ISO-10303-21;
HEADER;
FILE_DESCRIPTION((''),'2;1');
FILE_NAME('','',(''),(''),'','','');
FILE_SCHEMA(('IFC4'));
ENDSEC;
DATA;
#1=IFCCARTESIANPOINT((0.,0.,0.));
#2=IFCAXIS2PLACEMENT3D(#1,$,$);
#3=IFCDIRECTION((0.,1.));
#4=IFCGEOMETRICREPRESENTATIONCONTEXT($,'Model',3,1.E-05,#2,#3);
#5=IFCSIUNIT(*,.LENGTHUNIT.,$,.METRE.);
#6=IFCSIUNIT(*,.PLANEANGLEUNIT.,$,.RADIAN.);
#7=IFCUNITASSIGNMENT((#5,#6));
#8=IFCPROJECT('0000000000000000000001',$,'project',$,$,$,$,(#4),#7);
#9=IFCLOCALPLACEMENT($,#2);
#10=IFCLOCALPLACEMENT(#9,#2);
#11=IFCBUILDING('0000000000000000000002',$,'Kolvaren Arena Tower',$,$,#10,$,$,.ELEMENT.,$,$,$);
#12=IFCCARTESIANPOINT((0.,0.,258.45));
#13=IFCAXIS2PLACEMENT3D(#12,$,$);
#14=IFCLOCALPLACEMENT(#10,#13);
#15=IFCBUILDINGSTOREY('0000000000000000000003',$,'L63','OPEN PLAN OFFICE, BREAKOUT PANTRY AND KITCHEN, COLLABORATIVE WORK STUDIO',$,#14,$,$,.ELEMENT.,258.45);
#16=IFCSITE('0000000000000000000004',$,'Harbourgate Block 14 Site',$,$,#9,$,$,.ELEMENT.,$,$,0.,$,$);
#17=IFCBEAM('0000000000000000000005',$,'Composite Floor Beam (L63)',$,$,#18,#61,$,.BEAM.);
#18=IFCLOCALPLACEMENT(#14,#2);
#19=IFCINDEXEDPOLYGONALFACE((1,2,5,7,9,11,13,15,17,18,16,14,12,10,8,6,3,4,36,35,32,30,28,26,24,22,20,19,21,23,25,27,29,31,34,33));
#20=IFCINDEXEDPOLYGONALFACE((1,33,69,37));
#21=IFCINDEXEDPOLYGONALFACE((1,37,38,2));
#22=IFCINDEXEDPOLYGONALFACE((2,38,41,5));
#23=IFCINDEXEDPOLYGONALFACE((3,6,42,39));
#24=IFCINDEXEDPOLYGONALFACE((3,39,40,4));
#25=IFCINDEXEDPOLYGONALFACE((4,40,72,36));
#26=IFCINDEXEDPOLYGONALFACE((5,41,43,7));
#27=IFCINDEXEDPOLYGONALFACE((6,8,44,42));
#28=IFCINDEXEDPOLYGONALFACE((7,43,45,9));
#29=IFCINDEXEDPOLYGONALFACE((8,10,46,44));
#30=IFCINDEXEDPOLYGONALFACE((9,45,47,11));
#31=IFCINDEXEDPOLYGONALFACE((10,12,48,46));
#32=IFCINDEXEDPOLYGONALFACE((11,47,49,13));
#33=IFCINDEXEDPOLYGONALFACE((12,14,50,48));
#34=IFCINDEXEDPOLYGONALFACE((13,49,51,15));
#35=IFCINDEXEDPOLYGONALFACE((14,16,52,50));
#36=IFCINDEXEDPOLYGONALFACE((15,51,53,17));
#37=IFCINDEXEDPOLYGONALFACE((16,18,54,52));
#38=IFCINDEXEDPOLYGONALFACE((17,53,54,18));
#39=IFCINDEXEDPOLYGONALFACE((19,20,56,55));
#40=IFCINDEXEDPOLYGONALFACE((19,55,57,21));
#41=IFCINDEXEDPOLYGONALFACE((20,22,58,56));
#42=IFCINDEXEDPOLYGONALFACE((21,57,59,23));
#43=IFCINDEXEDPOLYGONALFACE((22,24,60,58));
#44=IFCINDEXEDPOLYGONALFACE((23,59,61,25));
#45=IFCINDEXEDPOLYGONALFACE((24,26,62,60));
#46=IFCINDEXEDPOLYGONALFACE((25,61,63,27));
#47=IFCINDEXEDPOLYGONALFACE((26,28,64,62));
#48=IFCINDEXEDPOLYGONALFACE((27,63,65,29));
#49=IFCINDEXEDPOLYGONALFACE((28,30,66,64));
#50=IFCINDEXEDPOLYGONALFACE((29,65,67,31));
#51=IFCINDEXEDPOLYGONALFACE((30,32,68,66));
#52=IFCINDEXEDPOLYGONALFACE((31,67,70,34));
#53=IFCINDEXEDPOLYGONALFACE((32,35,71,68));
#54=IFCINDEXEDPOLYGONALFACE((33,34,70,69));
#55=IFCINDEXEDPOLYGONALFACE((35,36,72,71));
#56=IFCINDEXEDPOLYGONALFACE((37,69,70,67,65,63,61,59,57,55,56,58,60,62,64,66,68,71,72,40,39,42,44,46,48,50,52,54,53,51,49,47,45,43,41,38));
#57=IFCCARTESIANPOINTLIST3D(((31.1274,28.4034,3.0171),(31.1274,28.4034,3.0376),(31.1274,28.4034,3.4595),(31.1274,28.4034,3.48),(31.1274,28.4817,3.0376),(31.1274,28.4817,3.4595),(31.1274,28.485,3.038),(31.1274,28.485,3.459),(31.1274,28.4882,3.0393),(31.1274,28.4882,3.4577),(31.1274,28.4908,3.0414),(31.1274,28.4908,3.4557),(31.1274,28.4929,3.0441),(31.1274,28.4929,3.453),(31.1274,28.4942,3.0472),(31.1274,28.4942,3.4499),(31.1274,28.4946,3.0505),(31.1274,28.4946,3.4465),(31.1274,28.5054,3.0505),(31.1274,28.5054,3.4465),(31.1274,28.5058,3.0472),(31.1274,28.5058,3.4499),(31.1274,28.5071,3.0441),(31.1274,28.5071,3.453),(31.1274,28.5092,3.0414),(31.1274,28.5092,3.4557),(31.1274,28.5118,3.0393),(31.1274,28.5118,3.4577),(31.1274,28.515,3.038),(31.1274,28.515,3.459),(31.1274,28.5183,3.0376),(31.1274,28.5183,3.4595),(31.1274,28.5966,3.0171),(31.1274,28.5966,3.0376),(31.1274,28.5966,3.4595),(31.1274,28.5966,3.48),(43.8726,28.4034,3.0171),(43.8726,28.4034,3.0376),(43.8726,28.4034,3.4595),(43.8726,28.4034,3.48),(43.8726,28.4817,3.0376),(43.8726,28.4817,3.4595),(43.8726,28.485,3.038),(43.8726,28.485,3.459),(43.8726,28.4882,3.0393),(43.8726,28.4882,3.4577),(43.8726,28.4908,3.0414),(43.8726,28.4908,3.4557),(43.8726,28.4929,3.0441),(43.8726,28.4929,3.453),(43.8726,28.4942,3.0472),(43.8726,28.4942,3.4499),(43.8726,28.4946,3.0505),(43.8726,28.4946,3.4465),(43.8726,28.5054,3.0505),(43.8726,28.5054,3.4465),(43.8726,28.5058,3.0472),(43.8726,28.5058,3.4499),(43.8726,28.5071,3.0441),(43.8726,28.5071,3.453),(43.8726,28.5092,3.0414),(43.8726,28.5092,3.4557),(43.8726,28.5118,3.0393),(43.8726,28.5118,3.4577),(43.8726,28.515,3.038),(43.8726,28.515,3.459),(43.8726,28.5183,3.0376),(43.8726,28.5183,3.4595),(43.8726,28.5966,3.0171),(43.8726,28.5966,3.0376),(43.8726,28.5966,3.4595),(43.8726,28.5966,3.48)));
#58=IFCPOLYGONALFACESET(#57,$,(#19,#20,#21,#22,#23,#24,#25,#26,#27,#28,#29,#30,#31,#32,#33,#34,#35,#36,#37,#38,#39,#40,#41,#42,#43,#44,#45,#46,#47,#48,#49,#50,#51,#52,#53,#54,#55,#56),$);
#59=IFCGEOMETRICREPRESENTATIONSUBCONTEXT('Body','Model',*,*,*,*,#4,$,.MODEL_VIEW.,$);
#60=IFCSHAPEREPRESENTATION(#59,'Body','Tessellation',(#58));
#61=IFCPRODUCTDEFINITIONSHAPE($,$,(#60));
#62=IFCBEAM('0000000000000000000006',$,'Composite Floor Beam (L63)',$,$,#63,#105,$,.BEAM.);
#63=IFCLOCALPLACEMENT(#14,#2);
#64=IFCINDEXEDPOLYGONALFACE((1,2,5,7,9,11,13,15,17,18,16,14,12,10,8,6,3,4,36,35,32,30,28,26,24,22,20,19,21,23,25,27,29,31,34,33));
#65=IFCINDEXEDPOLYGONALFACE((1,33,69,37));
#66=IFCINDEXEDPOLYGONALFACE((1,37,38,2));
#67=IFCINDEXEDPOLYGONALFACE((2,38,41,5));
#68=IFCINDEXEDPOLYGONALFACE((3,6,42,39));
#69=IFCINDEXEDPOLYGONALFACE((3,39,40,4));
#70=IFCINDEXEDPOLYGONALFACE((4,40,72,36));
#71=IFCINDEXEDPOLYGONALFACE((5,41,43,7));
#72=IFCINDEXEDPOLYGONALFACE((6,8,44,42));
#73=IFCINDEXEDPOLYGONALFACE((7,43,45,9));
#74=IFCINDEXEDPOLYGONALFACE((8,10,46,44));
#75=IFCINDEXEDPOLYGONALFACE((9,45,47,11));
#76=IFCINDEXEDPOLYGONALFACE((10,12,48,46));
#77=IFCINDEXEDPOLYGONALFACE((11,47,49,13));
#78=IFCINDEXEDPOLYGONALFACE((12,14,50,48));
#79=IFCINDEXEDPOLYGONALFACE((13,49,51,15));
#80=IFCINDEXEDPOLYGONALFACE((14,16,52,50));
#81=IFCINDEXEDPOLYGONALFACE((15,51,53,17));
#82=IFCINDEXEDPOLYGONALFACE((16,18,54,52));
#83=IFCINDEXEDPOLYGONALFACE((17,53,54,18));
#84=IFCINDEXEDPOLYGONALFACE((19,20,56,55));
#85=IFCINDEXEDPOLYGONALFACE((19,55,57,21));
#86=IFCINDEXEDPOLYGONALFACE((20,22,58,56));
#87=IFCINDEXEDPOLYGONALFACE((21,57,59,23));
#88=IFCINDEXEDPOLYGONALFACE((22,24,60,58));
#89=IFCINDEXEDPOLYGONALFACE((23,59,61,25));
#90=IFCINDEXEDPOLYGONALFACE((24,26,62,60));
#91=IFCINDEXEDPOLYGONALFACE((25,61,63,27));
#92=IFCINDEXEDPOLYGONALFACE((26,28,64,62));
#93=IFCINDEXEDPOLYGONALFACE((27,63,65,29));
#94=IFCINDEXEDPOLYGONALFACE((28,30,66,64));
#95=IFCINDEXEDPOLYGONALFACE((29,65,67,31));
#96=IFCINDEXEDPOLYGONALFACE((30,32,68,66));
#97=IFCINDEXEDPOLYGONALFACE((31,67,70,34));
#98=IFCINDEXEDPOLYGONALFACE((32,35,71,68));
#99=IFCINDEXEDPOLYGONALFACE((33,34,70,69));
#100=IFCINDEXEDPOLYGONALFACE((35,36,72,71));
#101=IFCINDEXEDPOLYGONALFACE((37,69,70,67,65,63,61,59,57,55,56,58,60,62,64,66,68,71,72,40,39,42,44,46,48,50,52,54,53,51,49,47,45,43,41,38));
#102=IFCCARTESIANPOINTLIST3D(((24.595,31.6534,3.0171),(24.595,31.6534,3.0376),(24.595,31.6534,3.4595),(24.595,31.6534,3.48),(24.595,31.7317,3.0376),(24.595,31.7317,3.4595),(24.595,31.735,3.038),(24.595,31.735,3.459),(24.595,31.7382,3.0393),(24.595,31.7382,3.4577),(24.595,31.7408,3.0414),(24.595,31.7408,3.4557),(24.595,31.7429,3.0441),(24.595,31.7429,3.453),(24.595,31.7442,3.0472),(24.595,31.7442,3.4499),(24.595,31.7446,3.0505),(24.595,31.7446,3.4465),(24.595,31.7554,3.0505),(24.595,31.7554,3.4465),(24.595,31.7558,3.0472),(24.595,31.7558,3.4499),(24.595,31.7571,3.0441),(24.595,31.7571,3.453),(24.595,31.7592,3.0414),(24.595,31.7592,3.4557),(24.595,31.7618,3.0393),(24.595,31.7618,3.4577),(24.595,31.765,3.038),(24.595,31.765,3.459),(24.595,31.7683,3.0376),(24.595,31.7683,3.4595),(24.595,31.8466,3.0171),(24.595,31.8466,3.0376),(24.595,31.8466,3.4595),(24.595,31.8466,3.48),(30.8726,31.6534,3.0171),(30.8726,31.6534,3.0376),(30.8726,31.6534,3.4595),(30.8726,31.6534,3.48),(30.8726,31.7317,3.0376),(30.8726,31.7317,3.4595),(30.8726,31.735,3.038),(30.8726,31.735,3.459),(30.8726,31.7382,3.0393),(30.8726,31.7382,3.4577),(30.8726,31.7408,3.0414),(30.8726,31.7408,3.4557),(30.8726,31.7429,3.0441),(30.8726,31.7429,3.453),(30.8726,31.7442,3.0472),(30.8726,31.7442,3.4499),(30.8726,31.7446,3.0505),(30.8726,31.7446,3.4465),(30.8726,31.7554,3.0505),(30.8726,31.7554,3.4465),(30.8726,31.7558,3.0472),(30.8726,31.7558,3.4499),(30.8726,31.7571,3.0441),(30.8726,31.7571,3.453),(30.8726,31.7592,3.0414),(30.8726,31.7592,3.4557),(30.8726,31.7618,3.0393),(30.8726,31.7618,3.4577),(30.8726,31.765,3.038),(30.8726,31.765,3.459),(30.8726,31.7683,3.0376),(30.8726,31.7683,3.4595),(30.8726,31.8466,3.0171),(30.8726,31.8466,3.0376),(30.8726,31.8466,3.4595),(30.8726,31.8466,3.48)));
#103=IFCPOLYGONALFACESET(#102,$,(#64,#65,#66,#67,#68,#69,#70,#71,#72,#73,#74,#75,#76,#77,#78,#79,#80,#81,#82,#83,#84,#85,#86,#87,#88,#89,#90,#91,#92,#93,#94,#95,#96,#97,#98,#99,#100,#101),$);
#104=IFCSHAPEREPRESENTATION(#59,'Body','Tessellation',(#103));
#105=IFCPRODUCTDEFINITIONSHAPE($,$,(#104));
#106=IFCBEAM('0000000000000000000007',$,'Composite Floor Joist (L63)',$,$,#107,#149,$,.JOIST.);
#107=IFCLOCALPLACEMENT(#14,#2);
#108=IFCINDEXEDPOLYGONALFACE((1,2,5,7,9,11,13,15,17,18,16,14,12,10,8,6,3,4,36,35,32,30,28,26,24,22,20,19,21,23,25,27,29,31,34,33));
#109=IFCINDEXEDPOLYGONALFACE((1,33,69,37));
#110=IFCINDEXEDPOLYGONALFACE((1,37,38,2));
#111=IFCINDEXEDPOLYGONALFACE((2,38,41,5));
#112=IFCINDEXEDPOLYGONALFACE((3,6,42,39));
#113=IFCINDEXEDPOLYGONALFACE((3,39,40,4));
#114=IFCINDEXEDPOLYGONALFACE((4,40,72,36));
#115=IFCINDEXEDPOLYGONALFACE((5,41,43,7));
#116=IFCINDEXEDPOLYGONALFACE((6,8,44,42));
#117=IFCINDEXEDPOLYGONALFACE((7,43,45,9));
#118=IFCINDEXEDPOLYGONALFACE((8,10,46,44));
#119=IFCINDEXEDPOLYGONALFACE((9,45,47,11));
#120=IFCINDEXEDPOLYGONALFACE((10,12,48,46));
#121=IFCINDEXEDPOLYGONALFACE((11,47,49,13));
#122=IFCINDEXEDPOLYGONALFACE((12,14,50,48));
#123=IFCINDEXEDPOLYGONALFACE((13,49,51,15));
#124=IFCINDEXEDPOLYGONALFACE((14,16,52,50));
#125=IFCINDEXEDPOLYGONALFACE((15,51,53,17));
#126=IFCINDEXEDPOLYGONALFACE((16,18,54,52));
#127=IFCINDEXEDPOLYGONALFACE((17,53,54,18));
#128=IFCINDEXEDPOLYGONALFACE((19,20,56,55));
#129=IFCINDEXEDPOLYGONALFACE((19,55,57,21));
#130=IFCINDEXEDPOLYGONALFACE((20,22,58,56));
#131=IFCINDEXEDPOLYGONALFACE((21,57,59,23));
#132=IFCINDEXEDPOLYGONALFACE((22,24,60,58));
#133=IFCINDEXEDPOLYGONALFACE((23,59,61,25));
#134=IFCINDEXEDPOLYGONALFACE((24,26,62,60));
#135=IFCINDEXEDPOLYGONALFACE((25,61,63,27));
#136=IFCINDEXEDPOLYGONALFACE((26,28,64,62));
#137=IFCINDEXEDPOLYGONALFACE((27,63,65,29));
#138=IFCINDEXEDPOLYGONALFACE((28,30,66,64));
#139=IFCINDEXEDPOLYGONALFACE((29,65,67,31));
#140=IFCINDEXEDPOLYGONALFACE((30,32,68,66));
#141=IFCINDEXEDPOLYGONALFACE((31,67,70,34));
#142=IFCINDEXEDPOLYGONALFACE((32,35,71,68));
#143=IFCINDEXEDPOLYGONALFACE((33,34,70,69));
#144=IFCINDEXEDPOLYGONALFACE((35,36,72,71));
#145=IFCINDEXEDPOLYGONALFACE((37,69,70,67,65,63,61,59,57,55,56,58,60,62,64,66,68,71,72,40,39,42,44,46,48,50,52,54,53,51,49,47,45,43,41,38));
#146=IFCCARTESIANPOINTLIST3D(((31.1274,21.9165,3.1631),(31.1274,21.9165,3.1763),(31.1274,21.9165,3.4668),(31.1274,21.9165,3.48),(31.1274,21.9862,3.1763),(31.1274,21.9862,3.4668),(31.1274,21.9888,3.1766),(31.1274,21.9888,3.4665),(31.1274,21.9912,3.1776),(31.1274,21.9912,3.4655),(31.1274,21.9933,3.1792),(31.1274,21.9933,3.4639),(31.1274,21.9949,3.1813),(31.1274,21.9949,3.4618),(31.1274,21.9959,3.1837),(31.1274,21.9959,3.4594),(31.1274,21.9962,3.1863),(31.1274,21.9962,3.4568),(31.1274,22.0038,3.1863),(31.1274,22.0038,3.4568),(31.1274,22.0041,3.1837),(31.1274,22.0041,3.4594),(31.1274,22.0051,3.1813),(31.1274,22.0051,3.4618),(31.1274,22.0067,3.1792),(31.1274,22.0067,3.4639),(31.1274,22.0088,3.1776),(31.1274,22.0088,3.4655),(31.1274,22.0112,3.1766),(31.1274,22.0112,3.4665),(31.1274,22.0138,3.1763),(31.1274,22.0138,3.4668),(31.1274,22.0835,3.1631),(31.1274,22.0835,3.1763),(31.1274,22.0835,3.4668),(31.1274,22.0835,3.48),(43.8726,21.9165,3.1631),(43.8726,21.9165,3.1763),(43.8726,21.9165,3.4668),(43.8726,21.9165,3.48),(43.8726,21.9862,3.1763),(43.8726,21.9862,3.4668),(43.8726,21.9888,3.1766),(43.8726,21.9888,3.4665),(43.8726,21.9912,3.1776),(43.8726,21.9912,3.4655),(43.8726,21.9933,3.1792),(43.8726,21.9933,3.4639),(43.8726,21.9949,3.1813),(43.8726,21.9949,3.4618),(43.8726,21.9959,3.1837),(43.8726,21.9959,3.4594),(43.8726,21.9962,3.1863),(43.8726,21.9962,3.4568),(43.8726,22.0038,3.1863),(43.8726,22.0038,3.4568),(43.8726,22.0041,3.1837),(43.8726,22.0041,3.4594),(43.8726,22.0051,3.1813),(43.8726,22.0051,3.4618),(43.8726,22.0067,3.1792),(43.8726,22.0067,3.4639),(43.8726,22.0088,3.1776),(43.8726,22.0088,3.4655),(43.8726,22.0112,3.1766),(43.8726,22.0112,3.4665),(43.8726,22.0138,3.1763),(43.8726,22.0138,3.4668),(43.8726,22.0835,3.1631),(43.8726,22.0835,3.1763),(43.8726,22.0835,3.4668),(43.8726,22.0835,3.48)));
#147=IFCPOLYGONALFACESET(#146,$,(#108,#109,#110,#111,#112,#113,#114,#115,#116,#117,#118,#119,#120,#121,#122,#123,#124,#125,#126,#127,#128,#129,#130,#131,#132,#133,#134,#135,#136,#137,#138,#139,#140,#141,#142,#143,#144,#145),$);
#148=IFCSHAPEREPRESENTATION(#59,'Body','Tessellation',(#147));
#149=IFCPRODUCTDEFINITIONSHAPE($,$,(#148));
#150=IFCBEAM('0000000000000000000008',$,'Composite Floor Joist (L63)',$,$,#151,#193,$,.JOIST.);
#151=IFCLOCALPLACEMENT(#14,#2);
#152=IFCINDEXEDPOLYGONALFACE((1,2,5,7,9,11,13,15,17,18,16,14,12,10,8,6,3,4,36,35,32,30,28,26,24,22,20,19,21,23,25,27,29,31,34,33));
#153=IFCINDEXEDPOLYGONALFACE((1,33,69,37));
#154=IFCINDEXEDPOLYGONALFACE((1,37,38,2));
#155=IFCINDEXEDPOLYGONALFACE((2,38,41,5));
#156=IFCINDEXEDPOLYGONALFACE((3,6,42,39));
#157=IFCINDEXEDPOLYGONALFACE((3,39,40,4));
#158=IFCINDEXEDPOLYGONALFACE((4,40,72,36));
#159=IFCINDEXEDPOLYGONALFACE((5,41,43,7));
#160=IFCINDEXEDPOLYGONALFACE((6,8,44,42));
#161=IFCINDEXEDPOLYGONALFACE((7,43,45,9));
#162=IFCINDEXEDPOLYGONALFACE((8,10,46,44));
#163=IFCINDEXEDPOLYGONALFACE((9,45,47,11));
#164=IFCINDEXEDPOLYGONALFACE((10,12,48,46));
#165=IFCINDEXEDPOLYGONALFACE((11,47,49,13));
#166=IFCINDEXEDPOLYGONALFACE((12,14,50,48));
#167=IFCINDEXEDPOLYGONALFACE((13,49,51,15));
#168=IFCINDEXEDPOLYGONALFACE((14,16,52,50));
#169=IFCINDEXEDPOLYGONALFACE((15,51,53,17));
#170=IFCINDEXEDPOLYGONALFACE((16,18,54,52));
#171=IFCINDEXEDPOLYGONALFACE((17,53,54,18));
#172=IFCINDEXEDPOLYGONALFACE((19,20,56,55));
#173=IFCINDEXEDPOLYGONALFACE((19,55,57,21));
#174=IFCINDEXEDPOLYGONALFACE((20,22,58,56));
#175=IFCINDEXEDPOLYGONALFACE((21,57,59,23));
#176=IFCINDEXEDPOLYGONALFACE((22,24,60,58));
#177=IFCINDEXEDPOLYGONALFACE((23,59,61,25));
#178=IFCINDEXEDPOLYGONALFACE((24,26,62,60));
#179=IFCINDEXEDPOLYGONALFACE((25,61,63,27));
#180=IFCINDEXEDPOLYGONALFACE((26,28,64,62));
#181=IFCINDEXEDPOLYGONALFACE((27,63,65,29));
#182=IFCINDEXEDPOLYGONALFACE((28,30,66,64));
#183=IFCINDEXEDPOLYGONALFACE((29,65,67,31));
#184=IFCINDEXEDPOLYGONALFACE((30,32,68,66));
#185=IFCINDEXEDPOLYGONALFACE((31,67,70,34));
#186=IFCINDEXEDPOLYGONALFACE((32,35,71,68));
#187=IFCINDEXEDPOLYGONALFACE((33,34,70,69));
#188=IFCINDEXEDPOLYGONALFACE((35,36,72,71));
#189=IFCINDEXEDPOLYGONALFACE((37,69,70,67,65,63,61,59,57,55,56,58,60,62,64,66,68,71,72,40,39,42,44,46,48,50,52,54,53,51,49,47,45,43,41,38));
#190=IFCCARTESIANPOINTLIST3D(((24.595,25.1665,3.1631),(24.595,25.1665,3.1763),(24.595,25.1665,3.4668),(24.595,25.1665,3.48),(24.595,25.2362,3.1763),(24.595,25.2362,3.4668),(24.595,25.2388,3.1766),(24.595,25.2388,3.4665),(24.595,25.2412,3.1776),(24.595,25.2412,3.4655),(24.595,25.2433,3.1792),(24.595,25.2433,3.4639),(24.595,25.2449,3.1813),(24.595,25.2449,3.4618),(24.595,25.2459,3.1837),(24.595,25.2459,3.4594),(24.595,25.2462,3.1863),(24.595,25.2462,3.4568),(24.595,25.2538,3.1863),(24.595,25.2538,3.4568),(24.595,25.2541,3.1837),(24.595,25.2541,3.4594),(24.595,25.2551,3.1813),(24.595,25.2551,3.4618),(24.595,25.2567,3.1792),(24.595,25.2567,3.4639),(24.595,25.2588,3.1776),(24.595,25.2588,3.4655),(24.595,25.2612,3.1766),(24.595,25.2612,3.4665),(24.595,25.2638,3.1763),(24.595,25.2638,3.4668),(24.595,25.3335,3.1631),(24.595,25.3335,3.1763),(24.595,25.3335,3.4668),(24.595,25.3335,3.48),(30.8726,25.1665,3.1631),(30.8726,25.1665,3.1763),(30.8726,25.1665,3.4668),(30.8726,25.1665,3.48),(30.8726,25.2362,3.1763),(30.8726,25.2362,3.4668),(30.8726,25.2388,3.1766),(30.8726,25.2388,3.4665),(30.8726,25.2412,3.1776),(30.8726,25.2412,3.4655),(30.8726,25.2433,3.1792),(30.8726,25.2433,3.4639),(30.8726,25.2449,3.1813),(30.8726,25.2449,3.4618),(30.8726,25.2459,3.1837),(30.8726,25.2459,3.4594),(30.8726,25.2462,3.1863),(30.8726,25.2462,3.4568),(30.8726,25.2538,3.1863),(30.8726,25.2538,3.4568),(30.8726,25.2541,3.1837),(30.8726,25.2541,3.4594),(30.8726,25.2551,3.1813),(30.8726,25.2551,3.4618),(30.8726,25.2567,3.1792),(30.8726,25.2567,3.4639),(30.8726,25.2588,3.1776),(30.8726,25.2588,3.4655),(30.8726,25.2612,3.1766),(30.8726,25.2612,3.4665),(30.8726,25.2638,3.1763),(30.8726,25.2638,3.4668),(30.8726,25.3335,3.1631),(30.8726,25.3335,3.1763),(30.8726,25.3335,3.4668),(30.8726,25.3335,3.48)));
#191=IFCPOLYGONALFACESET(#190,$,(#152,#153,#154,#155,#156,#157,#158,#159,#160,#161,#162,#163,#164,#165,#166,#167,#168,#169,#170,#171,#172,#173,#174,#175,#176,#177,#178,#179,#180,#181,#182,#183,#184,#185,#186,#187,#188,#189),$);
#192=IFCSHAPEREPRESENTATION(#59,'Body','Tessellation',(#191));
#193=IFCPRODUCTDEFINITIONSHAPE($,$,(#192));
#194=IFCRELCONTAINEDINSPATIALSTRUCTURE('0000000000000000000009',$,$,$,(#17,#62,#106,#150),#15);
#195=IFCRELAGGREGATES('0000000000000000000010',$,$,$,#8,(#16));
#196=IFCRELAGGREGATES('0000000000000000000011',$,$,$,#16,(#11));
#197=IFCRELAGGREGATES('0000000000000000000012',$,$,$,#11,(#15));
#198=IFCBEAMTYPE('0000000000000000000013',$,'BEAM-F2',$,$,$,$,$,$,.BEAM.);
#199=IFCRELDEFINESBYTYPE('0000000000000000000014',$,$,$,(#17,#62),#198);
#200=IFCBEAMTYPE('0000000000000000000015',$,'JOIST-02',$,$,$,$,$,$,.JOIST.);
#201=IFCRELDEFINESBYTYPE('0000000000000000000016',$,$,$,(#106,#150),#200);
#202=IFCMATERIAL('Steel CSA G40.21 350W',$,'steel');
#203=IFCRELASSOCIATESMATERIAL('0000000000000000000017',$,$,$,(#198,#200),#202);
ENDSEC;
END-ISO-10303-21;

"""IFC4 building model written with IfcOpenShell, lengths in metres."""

from ifc_helpers import new_model, si_unit, direction, frame, origin, origin_2d, place, context, subcontext, project, spatial, i_section, extrude, material, material_profile, profile_set, type_object, element, save


model = new_model("IFC4")

# Units and contexts
model_context = context("Model", 3, precision=1e-05, world=origin(), true_north=direction((0.0, 1.0)))
body_context = subcontext(model_context, "Body", "Model", "MODEL_VIEW")
ifc_project = project(units=[si_unit("LENGTHUNIT", "METRE"), si_unit("PLANEANGLEUNIT", "RADIAN")], contexts=[model_context])

# Site, building, storey
site_placement = place(None, origin())
site = spatial("IfcSite", under=ifc_project, at=site_placement, Name="Harbourgate Block 14 Site", CompositionType="ELEMENT", RefElevation=0.0)
building_placement = place(site_placement, origin())
building = spatial("IfcBuilding", under=site, at=building_placement, Name="Kolvaren Arena Tower", CompositionType="ELEMENT")
storey_placement = place(building_placement, frame((0.0, 0.0, 258.45)))
storey = spatial("IfcBuildingStorey", under=building, at=storey_placement, Name="L63", Description="OPEN PLAN OFFICE, BREAKOUT PANTRY AND KITCHEN, COLLABORATIVE WORK STUDIO", CompositionType="ELEMENT", Elevation=258.45)

# Beams
ifc_material_1 = material(Name="Steel CSA G40.21 350W", Category="steel")
ifc_material_profile_1 = material_profile(ifc_material_1, i_section(OverallWidth=0.1931, OverallDepth=0.4629, WebThickness=0.0107, FlangeThickness=0.0205, FilletRadius=0.0129, at=origin_2d()), Name="W460x113")
ifc_profile_set_1 = profile_set([ifc_material_profile_1], Name="Steel CSA G40.21 350W")
beam_type_1 = type_object("IfcBeamType", Name="BEAM-F2", PredefinedType="BEAM", material=ifc_profile_set_1)
beam_1_placement = place(storey_placement, frame((31.1274, 28.5, 3.2485), z_axis=(1.0, 0.0, 0.0), x_axis=(0.0, 1.0, 0.0)))
element("IfcBeam", 1, at=beam_1_placement, inside=storey, type_object=beam_type_1, Name="Composite Floor Beam (L63)", PredefinedType="BEAM", context=body_context, shape_type="SweptSolid", body=[
    extrude(i_section(OverallWidth=0.1931, OverallDepth=0.4629, WebThickness=0.0107, FlangeThickness=0.0205, FilletRadius=0.0129, at=origin_2d()), origin(), (0.0, 0.0, 1.0), 12.7451),
])
beam_2_placement = place(storey_placement, frame((24.595, 31.75, 3.2485), z_axis=(1.0, 0.0, 0.0), x_axis=(0.0, 1.0, 0.0)))
element("IfcBeam", 2, at=beam_2_placement, inside=storey, type_object=beam_type_1, Name="Composite Floor Beam (L63)", PredefinedType="BEAM", context=body_context, shape_type="SweptSolid", body=[
    extrude(i_section(OverallWidth=0.1931, OverallDepth=0.4629, WebThickness=0.0107, FlangeThickness=0.0205, FilletRadius=0.0129, at=origin_2d()), origin(), (0.0, 0.0, 1.0), 6.2776),
])
ifc_material_profile_2 = material_profile(ifc_material_1, i_section(OverallWidth=0.167, OverallDepth=0.3169, WebThickness=0.0076, FlangeThickness=0.0132, FilletRadius=0.01, at=origin_2d()), Name="W310x52")
ifc_profile_set_2 = profile_set([ifc_material_profile_2], Name="Steel CSA G40.21 350W")
beam_type_2 = type_object("IfcBeamType", Name="JOIST-02", PredefinedType="JOIST", material=ifc_profile_set_2)
beam_3_placement = place(storey_placement, frame((31.1274, 22.0, 3.3215), z_axis=(1.0, 0.0, 0.0), x_axis=(0.0, 1.0, 0.0)))
element("IfcBeam", 3, at=beam_3_placement, inside=storey, type_object=beam_type_2, Name="Composite Floor Joist (L63)", PredefinedType="JOIST", context=body_context, shape_type="SweptSolid", body=[
    extrude(i_section(OverallWidth=0.167, OverallDepth=0.3169, WebThickness=0.0076, FlangeThickness=0.0132, FilletRadius=0.01, at=origin_2d()), origin(), (0.0, 0.0, 1.0), 12.7451),
])
beam_4_placement = place(storey_placement, frame((24.595, 25.25, 3.3215), z_axis=(1.0, 0.0, 0.0), x_axis=(0.0, 1.0, 0.0)))
element("IfcBeam", 4, at=beam_4_placement, inside=storey, type_object=beam_type_2, Name="Composite Floor Joist (L63)", PredefinedType="JOIST", context=body_context, shape_type="SweptSolid", body=[
    extrude(i_section(OverallWidth=0.167, OverallDepth=0.3169, WebThickness=0.0076, FlangeThickness=0.0132, FilletRadius=0.01, at=origin_2d()), origin(), (0.0, 0.0, 1.0), 6.2776),
])

save(model, "model.ifc")
